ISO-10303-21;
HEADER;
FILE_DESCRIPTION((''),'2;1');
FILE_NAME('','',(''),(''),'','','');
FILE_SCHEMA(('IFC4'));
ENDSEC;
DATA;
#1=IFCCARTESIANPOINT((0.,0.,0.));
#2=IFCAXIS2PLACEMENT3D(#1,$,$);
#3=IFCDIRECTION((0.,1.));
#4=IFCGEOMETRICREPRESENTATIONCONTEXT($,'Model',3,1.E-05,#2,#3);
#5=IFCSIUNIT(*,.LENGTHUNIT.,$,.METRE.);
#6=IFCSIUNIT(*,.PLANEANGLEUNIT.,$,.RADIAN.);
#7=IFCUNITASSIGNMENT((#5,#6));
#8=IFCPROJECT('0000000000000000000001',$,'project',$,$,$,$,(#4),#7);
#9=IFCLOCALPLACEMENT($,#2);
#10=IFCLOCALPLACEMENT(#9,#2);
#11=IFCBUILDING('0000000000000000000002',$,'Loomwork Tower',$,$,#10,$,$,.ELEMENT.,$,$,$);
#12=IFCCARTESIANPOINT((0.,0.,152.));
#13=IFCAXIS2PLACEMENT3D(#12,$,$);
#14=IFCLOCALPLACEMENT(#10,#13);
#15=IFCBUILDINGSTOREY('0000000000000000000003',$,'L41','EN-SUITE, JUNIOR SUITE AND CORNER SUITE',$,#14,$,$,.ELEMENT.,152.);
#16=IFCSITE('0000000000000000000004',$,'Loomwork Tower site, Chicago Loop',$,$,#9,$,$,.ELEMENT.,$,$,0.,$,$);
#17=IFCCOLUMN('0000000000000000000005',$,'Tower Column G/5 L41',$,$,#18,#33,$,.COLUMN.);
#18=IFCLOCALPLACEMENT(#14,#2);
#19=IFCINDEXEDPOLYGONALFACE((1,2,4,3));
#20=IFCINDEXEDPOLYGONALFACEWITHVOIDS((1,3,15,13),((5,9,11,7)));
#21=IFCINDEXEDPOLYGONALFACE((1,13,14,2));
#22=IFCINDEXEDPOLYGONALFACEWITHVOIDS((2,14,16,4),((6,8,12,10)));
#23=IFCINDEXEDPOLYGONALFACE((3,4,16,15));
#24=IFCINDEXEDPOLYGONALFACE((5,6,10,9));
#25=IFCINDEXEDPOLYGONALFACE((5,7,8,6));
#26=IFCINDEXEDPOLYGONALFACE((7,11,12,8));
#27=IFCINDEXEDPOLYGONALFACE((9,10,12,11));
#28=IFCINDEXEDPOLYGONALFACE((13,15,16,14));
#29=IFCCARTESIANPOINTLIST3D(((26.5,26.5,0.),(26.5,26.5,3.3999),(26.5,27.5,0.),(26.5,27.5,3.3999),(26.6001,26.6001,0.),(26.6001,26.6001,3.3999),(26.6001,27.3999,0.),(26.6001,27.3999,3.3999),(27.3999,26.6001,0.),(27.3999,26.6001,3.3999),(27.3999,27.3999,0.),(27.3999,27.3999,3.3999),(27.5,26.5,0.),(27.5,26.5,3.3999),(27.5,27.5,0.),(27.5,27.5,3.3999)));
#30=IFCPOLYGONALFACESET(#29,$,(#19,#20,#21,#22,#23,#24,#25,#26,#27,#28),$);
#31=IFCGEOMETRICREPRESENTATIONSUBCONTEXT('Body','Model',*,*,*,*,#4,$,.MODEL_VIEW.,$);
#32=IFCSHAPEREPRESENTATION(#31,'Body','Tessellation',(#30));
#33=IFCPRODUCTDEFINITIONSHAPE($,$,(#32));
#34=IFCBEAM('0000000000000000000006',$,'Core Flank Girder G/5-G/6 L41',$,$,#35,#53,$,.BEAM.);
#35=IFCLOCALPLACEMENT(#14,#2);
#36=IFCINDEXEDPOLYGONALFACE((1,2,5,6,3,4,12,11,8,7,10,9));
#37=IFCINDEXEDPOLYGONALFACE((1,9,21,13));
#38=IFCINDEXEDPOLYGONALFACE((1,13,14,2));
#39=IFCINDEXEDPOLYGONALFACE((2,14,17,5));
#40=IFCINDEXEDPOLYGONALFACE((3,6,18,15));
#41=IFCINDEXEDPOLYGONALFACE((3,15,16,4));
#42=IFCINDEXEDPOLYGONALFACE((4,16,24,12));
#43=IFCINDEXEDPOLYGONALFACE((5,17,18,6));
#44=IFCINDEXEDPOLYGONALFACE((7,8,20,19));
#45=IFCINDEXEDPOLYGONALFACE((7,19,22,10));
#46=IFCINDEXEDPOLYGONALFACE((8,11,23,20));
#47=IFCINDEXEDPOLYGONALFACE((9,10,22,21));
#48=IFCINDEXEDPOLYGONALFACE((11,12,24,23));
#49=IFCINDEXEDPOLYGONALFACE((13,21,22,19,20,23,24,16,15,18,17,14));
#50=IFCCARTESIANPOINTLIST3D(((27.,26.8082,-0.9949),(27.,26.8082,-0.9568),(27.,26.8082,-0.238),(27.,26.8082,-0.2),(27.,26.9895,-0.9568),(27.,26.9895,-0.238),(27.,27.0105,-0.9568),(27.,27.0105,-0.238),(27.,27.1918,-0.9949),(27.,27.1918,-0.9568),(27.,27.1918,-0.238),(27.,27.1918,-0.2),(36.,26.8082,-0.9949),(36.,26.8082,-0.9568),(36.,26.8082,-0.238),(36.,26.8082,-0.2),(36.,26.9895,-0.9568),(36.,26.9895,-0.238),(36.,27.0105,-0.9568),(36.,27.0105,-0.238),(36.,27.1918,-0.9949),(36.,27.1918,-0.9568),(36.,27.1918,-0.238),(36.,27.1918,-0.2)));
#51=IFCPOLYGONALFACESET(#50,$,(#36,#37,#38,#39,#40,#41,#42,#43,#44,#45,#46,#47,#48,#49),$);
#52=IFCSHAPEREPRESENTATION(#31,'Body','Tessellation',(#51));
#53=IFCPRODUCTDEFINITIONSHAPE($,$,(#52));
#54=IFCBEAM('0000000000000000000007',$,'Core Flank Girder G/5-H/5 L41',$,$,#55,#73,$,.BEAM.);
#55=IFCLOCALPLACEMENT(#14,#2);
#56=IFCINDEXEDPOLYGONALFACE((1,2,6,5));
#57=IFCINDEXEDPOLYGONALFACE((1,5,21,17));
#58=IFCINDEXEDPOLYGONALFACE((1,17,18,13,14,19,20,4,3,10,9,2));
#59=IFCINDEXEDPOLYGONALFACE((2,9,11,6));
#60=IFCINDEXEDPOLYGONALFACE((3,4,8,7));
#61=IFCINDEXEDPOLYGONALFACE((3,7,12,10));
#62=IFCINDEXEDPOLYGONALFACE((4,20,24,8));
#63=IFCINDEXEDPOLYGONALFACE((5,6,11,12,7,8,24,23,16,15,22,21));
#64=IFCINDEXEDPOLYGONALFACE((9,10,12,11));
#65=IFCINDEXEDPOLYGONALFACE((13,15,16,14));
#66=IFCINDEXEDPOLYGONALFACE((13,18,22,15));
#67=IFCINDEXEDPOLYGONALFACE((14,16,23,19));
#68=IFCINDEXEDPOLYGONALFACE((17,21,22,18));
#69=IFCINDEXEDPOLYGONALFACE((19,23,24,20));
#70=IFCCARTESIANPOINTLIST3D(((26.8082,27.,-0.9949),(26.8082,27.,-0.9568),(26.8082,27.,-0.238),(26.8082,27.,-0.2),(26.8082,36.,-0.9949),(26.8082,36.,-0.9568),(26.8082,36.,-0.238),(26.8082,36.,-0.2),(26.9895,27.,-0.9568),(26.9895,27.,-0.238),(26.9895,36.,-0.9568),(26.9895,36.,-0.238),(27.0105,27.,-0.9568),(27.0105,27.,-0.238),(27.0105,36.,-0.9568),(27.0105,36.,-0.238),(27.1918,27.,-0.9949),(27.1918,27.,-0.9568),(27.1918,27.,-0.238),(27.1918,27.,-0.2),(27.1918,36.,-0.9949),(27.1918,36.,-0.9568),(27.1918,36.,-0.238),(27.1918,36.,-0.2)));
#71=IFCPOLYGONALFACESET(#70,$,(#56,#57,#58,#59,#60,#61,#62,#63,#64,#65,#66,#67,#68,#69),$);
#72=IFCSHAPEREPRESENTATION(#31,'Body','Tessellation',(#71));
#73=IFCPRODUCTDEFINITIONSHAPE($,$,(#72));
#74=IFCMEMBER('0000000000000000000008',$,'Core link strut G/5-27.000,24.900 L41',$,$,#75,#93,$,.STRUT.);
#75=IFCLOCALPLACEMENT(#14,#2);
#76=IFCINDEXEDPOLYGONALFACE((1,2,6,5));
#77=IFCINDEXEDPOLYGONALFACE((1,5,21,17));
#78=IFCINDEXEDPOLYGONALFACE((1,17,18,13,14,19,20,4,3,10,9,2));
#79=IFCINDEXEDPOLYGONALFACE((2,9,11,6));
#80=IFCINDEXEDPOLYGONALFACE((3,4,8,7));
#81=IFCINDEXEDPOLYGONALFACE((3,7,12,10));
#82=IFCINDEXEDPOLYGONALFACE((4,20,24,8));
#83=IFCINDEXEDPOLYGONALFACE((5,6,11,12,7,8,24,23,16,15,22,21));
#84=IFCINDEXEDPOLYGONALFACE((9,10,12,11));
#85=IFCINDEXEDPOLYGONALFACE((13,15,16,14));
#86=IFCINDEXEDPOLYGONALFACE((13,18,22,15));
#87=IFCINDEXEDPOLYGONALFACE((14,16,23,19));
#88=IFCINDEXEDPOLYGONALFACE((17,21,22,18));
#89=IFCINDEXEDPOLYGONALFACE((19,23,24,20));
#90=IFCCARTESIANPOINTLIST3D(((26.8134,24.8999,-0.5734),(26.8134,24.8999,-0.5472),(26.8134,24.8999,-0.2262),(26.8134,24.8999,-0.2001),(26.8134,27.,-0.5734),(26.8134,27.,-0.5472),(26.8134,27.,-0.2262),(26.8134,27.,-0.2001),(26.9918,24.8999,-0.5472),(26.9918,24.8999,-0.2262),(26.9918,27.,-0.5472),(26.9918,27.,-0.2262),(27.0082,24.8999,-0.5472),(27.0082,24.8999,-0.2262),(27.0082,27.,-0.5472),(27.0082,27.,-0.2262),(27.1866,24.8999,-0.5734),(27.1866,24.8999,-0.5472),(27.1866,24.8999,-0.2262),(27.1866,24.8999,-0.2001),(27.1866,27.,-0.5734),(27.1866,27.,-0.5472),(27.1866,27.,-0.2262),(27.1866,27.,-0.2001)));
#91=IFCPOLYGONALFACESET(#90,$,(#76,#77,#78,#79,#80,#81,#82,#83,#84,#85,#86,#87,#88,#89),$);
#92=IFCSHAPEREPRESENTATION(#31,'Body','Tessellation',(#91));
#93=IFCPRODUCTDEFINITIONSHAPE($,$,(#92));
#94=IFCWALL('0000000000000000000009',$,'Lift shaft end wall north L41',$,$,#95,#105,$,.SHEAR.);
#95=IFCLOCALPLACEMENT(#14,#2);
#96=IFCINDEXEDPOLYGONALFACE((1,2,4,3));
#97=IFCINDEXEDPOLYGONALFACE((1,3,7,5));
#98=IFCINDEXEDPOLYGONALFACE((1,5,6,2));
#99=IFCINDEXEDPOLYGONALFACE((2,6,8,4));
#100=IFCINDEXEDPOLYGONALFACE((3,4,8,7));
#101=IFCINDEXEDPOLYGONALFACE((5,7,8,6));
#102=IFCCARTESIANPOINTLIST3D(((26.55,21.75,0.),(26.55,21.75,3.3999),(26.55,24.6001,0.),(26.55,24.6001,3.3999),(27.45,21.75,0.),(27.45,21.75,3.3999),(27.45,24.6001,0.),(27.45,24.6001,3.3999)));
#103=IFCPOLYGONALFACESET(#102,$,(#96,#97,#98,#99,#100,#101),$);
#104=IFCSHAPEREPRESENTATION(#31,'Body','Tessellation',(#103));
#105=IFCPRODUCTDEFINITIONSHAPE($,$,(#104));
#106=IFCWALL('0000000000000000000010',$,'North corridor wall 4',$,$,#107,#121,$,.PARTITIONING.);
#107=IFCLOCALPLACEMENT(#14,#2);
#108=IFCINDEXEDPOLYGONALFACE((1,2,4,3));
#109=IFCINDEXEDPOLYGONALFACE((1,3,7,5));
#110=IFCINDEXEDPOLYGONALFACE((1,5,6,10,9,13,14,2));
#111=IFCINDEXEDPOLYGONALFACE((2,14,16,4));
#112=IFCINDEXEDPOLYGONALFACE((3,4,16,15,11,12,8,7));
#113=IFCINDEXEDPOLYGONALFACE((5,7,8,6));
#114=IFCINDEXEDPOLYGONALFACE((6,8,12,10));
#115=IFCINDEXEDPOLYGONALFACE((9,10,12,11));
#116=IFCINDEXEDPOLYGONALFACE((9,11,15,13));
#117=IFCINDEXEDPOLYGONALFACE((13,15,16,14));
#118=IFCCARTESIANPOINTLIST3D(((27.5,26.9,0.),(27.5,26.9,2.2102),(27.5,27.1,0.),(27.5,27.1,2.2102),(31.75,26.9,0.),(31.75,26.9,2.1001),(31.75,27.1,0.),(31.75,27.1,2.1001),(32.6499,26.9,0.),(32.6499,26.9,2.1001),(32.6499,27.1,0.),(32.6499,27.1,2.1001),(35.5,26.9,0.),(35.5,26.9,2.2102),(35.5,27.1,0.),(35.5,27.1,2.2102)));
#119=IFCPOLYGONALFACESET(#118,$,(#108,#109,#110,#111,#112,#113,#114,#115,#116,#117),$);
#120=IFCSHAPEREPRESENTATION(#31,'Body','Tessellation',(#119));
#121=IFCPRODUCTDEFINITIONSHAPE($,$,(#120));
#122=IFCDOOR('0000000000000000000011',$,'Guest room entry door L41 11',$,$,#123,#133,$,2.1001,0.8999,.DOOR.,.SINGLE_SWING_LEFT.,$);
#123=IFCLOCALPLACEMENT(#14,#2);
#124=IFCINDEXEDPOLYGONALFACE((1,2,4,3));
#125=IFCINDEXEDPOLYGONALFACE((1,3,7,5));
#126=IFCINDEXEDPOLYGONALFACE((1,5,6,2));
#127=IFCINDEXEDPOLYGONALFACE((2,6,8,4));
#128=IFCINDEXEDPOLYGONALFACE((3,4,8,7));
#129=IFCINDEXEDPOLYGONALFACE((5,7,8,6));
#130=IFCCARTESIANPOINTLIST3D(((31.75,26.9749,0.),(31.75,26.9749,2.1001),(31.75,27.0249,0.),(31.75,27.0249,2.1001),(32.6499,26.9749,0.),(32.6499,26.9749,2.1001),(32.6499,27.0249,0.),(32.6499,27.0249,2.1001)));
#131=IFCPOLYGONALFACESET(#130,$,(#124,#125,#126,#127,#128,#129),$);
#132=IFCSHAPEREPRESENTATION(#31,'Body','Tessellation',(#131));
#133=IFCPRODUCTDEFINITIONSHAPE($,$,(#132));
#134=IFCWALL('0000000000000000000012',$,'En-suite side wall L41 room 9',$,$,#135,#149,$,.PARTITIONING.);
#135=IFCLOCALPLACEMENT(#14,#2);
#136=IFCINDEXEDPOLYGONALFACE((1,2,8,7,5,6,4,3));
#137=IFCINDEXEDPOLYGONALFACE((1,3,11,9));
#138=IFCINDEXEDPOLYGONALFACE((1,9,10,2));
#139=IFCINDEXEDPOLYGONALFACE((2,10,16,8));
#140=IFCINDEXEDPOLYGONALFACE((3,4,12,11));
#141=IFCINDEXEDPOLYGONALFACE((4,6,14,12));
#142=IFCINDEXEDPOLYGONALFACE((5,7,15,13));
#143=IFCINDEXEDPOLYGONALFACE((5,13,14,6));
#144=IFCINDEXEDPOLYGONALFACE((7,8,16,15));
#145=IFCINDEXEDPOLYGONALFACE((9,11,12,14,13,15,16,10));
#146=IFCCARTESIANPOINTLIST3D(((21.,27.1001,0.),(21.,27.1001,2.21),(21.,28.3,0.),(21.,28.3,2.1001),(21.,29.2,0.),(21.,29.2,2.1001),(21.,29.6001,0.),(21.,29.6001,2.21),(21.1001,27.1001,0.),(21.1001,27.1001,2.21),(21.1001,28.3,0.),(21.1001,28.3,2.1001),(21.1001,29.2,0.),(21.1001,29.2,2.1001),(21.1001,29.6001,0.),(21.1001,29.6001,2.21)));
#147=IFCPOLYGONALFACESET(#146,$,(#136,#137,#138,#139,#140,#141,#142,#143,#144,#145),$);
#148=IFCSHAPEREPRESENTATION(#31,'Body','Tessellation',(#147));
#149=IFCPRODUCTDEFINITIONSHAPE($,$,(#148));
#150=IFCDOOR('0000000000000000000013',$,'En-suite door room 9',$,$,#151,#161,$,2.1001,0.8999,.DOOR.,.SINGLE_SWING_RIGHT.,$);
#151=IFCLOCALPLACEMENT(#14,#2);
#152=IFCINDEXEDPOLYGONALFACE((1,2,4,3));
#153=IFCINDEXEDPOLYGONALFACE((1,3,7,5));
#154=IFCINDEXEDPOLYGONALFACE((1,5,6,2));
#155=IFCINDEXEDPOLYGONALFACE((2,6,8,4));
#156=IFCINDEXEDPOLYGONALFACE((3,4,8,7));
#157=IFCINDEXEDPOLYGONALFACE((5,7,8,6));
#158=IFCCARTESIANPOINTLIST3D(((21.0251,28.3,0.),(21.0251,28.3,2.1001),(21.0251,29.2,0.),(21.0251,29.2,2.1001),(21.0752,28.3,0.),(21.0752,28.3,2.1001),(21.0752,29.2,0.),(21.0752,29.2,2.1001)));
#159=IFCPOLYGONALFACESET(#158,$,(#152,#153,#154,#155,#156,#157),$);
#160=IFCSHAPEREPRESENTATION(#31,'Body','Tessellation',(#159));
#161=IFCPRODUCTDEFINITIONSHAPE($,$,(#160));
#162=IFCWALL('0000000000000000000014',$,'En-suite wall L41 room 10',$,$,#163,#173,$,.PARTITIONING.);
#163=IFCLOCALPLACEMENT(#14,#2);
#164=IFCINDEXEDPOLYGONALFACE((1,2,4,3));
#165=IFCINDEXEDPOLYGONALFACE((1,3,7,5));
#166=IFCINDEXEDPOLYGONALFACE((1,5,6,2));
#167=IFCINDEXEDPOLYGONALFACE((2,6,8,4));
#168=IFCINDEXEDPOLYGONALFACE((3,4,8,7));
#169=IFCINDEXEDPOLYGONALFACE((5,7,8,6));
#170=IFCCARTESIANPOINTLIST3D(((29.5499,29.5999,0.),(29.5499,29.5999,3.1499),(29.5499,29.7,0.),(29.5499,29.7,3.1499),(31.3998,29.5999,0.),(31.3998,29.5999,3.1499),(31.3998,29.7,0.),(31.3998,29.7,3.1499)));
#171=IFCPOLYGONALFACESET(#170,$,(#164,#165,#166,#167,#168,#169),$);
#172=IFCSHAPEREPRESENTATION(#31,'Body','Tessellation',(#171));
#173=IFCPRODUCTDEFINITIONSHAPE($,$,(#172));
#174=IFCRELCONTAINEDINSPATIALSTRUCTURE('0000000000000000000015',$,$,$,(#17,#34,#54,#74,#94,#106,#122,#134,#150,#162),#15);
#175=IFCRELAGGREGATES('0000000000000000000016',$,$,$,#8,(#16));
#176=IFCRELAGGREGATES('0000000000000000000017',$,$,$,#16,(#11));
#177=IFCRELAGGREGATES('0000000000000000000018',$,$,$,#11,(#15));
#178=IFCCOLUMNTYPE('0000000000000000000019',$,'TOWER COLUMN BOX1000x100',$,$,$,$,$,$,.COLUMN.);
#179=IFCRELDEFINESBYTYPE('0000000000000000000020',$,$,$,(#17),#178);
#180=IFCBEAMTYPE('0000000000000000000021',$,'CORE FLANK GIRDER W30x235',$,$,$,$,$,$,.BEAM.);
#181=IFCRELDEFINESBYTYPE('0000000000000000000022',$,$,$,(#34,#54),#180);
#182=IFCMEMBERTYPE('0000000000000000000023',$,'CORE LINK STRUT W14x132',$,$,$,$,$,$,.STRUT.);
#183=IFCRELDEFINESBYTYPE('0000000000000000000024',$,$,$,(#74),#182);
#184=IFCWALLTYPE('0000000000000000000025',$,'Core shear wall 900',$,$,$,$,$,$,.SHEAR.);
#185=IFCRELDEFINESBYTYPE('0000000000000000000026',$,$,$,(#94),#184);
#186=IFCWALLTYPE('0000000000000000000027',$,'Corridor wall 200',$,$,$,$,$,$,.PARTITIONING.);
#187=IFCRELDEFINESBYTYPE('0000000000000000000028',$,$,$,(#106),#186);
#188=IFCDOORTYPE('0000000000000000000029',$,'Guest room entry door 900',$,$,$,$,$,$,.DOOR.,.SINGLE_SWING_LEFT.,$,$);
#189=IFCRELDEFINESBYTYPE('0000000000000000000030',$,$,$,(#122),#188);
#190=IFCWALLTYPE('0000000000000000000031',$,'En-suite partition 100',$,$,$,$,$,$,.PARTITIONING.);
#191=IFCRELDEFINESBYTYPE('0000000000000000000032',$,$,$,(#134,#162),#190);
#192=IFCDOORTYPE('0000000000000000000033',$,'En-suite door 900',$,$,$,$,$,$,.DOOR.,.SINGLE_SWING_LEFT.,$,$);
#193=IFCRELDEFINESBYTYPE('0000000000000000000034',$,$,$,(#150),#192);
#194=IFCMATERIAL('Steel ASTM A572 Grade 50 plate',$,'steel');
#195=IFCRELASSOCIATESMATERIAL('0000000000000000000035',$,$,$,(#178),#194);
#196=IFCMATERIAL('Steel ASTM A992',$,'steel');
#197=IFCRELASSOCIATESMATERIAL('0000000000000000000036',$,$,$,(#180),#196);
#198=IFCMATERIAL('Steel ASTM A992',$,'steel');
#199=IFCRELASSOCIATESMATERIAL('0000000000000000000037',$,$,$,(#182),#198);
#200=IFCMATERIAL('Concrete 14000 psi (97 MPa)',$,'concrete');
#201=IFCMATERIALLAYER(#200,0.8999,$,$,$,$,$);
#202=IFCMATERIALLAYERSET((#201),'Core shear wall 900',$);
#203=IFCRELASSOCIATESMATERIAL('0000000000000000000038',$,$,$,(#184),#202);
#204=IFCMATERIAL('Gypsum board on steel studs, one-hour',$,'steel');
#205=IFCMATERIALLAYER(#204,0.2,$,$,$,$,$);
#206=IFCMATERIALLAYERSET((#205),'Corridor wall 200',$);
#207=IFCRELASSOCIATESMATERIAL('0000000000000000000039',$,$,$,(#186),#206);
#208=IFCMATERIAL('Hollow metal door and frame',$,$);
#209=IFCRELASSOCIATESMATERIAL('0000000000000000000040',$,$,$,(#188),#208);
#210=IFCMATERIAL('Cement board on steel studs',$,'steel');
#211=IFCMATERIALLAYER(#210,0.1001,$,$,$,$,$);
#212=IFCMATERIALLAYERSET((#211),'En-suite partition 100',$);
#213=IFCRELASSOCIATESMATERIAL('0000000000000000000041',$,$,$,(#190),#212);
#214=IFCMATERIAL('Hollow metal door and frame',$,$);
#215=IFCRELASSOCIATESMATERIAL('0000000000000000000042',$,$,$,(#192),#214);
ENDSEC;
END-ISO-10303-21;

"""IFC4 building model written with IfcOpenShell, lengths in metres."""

from ifc_helpers import new_model, si_unit, direction, frame, frame_2d, origin, origin_2d, place, context, subcontext, project, spatial, rectangle, hollow_rectangle, i_section, extrude, material, layer, layer_set, material_profile, profile_set, type_object, element, fill, save


model = new_model("IFC4")

# Units and contexts
model_context = context("Model", 3, precision=1e-05, world=origin(), true_north=direction((0.0, 1.0)))
body_context = subcontext(model_context, "Body", "Model", "MODEL_VIEW")
ifc_project = project(units=[si_unit("LENGTHUNIT", "METRE"), si_unit("PLANEANGLEUNIT", "RADIAN")], contexts=[model_context])

# Site, building, storey
site_placement = place(None, origin())
site = spatial("IfcSite", under=ifc_project, at=site_placement, Name="Loomwork Tower site, Chicago Loop", CompositionType="ELEMENT", RefElevation=0.0)
building_placement = place(site_placement, origin())
building = spatial("IfcBuilding", under=site, at=building_placement, Name="Loomwork Tower", CompositionType="ELEMENT")
storey_placement = place(building_placement, frame((0.0, 0.0, 152.0)))
storey = spatial("IfcBuildingStorey", under=building, at=storey_placement, Name="L41", Description="EN-SUITE, JUNIOR SUITE AND CORNER SUITE", CompositionType="ELEMENT", Elevation=152.0)

# Column
ifc_material_1 = material(Name="Steel ASTM A572 Grade 50 plate", Category="steel")
ifc_material_profile_1 = material_profile(ifc_material_1, hollow_rectangle(XDim=1.0, YDim=1.0, WallThickness=0.1001, at=origin_2d()), Name="BOX1000x100")
ifc_profile_set_1 = profile_set([ifc_material_profile_1], Name="Steel ASTM A572 Grade 50 plate")
column_type = type_object("IfcColumnType", Name="TOWER COLUMN BOX1000x100", PredefinedType="COLUMN", material=ifc_profile_set_1)
column_placement = place(storey_placement, frame((27.0, 27.0, 0.0), z_axis=(0.0, 0.0, 1.0), x_axis=(1.0, 0.0, 0.0)))
element("IfcColumn", 1, at=column_placement, inside=storey, type_object=column_type, Name="Tower Column G/5 L41", PredefinedType="COLUMN", context=body_context, shape_type="SweptSolid", body=[
    extrude(hollow_rectangle(XDim=1.0, YDim=1.0, WallThickness=0.1001, at=origin_2d()), origin(), (0.0, 0.0, 1.0), 3.3999),
])

# Beams
ifc_material_2 = material(Name="Steel ASTM A992", Category="steel")
ifc_material_profile_2 = material_profile(ifc_material_2, i_section(OverallWidth=0.3835, OverallDepth=0.7949, WebThickness=0.021, FlangeThickness=0.0381, at=origin_2d()), Name="W30x235")
ifc_profile_set_2 = profile_set([ifc_material_profile_2], Name="Steel ASTM A992")
beam_type = type_object("IfcBeamType", Name="CORE FLANK GIRDER W30x235", PredefinedType="BEAM", material=ifc_profile_set_2)
for number, where, z_axis, x_axis, name in (
    (2, (27.0, 27.0, -0.5974), (1.0, 0.0, 0.0), (0.0, 1.0, 0.0), "Core Flank Girder G/5-G/6 L41"),
    (3, (27.0, 27.0, -0.5974), (0.0, 1.0, 0.0), (-1.0, 0.0, 0.0), "Core Flank Girder G/5-H/5 L41"),
):
    element("IfcBeam", number, at=place(storey_placement, frame(where, z_axis=z_axis, x_axis=x_axis)), inside=storey, type_object=beam_type, Name=name, PredefinedType="BEAM", context=body_context, shape_type="SweptSolid", body=[
        extrude(i_section(OverallWidth=0.3835, OverallDepth=0.7949, WebThickness=0.021, FlangeThickness=0.0381, at=origin_2d()), origin(), (0.0, 0.0, 1.0), 9.0),
    ])

# Member
ifc_material_3 = material(Name="Steel ASTM A992", Category="steel")
ifc_material_profile_3 = material_profile(ifc_material_3, i_section(OverallWidth=0.3733, OverallDepth=0.3733, WebThickness=0.0164, FlangeThickness=0.0261, at=origin_2d()), Name="W14x132")
ifc_profile_set_3 = profile_set([ifc_material_profile_3], Name="Steel ASTM A992")
member_type = type_object("IfcMemberType", Name="CORE LINK STRUT W14x132", PredefinedType="STRUT", material=ifc_profile_set_3)
member_placement = place(storey_placement, frame((27.0, 27.0, -0.3867), z_axis=(0.0, -1.0, 0.0), x_axis=(1.0, 0.0, 0.0)))
element("IfcMember", 4, at=member_placement, inside=storey, type_object=member_type, Name="Core link strut G/5-27.000,24.900 L41", PredefinedType="STRUT", context=body_context, shape_type="SweptSolid", body=[
    extrude(i_section(OverallWidth=0.3733, OverallDepth=0.3733, WebThickness=0.0164, FlangeThickness=0.0261, at=origin_2d()), origin(), (0.0, 0.0, 1.0), 2.1001),
])

# Wall
ifc_material_4 = material(Name="Concrete 14000 psi (97 MPa)", Category="concrete")
ifc_layer_1 = layer(ifc_material_4, 0.8999)
ifc_layer_set_1 = layer_set([ifc_layer_1], Name="Core shear wall 900")
wall_type_1 = type_object("IfcWallType", Name="Core shear wall 900", PredefinedType="SHEAR", material=ifc_layer_set_1)
wall_1_placement = place(storey_placement, frame((27.0, 21.75, 0.0), z_axis=(0.0, 0.0, 1.0), x_axis=(0.0, 1.0, 0.0)))
element("IfcWall", 5, at=wall_1_placement, inside=storey, type_object=wall_type_1, Name="Lift shaft end wall north L41", PredefinedType="SHEAR", context=body_context, shape_type="SweptSolid", body=[
    extrude(rectangle(XDim=2.8501, YDim=0.8999, at=frame_2d((1.425, 0.0))), origin(), (0.0, 0.0, 1.0), 3.3999),
])

# Walls, openings, doors
ifc_material_5 = material(Name="Gypsum board on steel studs, one-hour", Category="steel")
ifc_layer_2 = layer(ifc_material_5, 0.2)
ifc_layer_set_2 = layer_set([ifc_layer_2], Name="Corridor wall 200")
wall_type_2 = type_object("IfcWallType", Name="Corridor wall 200", PredefinedType="PARTITIONING", material=ifc_layer_set_2)
wall_2_placement = place(storey_placement, frame((27.5, 27.0, 0.0), z_axis=(0.0, 0.0, 1.0), x_axis=(1.0, 0.0, 0.0)))
wall_2 = element("IfcWall", 6, at=wall_2_placement, inside=storey, type_object=wall_type_2, Name="North corridor wall 4", PredefinedType="PARTITIONING", context=body_context, shape_type="SweptSolid", body=[
    extrude(rectangle(XDim=8.0, YDim=0.2, at=frame_2d((4.0, 0.0))), origin(), (0.0, 0.0, 1.0), 2.2102),
])
opening_1_placement = place(wall_2_placement, frame((4.25, 0.0, 0.0)))
opening_1 = element("IfcOpeningElement", 7, at=opening_1_placement, cuts=wall_2, PredefinedType="OPENING", context=body_context, shape_type="SweptSolid", body=[
    extrude(rectangle(XDim=0.8999, YDim=2.1001, at=frame_2d((0.45, 1.05))), frame((0.0, 0.1099, 0.0), z_axis=(0.0, -1.0, 0.0), x_axis=(1.0, 0.0, 0.0)), (0.0, 0.0, 1.0), 0.22),
])
ifc_material_6 = material(Name="Hollow metal door and frame")
door_type_1 = type_object("IfcDoorType", Name="Guest room entry door 900", OperationType="SINGLE_SWING_LEFT", PredefinedType="DOOR", material=ifc_material_6)
door_1_placement = place(opening_1_placement, origin())
door_1 = element("IfcDoor", 8, at=door_1_placement, inside=storey, type_object=door_type_1, Name="Guest room entry door L41 11", OperationType="SINGLE_SWING_LEFT", OverallHeight=2.1001, OverallWidth=0.8999, PredefinedType="DOOR", context=body_context, shape_type="SweptSolid", body=[
    extrude(rectangle(XDim=0.8999, YDim=2.1001, at=frame_2d((0.45, 1.05))), frame((0.0, 0.0249, 0.0), z_axis=(0.0, -1.0, 0.0), x_axis=(1.0, 0.0, 0.0)), (0.0, 0.0, 1.0), 0.05),
])
fill(opening_1, door_1)
ifc_material_7 = material(Name="Cement board on steel studs", Category="steel")
ifc_layer_3 = layer(ifc_material_7, 0.1001)
ifc_layer_set_3 = layer_set([ifc_layer_3], Name="En-suite partition 100")
wall_type_3 = type_object("IfcWallType", Name="En-suite partition 100", PredefinedType="PARTITIONING", material=ifc_layer_set_3)
wall_3_placement = place(storey_placement, frame((21.05, 27.1001, 0.0), z_axis=(0.0, 0.0, 1.0), x_axis=(0.0, 1.0, 0.0)))
wall_3 = element("IfcWall", 9, at=wall_3_placement, inside=storey, type_object=wall_type_3, Name="En-suite side wall L41 room 9", PredefinedType="PARTITIONING", context=body_context, shape_type="SweptSolid", body=[
    extrude(rectangle(XDim=2.5, YDim=0.1001, at=frame_2d((1.25, 0.0))), origin(), (0.0, 0.0, 1.0), 2.21),
])
opening_2_placement = place(wall_3_placement, frame((1.2, 0.0, 0.0)))
opening_2 = element("IfcOpeningElement", 10, at=opening_2_placement, cuts=wall_3, PredefinedType="OPENING", context=body_context, shape_type="SweptSolid", body=[
    extrude(rectangle(XDim=0.8999, YDim=2.1001, at=frame_2d((0.45, 1.05))), frame((0.0, 0.0601, 0.0), z_axis=(0.0, -1.0, 0.0), x_axis=(1.0, 0.0, 0.0)), (0.0, 0.0, 1.0), 0.1201),
])
ifc_material_8 = material(Name="Hollow metal door and frame")
door_type_2 = type_object("IfcDoorType", Name="En-suite door 900", OperationType="SINGLE_SWING_LEFT", PredefinedType="DOOR", material=ifc_material_8)
door_2_placement = place(opening_2_placement, origin())
door_2 = element("IfcDoor", 11, at=door_2_placement, inside=storey, type_object=door_type_2, Name="En-suite door room 9", OperationType="SINGLE_SWING_RIGHT", OverallHeight=2.1001, OverallWidth=0.8999, PredefinedType="DOOR", context=body_context, shape_type="SweptSolid", body=[
    extrude(rectangle(XDim=0.8999, YDim=2.1001, at=frame_2d((0.45, 1.05))), frame((0.0, 0.0249, 0.0), z_axis=(0.0, -1.0, 0.0), x_axis=(1.0, 0.0, 0.0)), (0.0, 0.0, 1.0), 0.05),
])
fill(opening_2, door_2)

# Wall
wall_4_placement = place(storey_placement, frame((29.55, 29.6499, 0.0), z_axis=(0.0, 0.0, 1.0), x_axis=(1.0, 0.0, 0.0)))
element("IfcWall", 12, at=wall_4_placement, inside=storey, type_object=wall_type_3, Name="En-suite wall L41 room 10", PredefinedType="PARTITIONING", context=body_context, shape_type="SweptSolid", body=[
    extrude(rectangle(XDim=1.8499, YDim=0.1001, at=frame_2d((0.9248, 0.0))), origin(), (0.0, 0.0, 1.0), 3.1499),
])

save(model, "model.ifc")
